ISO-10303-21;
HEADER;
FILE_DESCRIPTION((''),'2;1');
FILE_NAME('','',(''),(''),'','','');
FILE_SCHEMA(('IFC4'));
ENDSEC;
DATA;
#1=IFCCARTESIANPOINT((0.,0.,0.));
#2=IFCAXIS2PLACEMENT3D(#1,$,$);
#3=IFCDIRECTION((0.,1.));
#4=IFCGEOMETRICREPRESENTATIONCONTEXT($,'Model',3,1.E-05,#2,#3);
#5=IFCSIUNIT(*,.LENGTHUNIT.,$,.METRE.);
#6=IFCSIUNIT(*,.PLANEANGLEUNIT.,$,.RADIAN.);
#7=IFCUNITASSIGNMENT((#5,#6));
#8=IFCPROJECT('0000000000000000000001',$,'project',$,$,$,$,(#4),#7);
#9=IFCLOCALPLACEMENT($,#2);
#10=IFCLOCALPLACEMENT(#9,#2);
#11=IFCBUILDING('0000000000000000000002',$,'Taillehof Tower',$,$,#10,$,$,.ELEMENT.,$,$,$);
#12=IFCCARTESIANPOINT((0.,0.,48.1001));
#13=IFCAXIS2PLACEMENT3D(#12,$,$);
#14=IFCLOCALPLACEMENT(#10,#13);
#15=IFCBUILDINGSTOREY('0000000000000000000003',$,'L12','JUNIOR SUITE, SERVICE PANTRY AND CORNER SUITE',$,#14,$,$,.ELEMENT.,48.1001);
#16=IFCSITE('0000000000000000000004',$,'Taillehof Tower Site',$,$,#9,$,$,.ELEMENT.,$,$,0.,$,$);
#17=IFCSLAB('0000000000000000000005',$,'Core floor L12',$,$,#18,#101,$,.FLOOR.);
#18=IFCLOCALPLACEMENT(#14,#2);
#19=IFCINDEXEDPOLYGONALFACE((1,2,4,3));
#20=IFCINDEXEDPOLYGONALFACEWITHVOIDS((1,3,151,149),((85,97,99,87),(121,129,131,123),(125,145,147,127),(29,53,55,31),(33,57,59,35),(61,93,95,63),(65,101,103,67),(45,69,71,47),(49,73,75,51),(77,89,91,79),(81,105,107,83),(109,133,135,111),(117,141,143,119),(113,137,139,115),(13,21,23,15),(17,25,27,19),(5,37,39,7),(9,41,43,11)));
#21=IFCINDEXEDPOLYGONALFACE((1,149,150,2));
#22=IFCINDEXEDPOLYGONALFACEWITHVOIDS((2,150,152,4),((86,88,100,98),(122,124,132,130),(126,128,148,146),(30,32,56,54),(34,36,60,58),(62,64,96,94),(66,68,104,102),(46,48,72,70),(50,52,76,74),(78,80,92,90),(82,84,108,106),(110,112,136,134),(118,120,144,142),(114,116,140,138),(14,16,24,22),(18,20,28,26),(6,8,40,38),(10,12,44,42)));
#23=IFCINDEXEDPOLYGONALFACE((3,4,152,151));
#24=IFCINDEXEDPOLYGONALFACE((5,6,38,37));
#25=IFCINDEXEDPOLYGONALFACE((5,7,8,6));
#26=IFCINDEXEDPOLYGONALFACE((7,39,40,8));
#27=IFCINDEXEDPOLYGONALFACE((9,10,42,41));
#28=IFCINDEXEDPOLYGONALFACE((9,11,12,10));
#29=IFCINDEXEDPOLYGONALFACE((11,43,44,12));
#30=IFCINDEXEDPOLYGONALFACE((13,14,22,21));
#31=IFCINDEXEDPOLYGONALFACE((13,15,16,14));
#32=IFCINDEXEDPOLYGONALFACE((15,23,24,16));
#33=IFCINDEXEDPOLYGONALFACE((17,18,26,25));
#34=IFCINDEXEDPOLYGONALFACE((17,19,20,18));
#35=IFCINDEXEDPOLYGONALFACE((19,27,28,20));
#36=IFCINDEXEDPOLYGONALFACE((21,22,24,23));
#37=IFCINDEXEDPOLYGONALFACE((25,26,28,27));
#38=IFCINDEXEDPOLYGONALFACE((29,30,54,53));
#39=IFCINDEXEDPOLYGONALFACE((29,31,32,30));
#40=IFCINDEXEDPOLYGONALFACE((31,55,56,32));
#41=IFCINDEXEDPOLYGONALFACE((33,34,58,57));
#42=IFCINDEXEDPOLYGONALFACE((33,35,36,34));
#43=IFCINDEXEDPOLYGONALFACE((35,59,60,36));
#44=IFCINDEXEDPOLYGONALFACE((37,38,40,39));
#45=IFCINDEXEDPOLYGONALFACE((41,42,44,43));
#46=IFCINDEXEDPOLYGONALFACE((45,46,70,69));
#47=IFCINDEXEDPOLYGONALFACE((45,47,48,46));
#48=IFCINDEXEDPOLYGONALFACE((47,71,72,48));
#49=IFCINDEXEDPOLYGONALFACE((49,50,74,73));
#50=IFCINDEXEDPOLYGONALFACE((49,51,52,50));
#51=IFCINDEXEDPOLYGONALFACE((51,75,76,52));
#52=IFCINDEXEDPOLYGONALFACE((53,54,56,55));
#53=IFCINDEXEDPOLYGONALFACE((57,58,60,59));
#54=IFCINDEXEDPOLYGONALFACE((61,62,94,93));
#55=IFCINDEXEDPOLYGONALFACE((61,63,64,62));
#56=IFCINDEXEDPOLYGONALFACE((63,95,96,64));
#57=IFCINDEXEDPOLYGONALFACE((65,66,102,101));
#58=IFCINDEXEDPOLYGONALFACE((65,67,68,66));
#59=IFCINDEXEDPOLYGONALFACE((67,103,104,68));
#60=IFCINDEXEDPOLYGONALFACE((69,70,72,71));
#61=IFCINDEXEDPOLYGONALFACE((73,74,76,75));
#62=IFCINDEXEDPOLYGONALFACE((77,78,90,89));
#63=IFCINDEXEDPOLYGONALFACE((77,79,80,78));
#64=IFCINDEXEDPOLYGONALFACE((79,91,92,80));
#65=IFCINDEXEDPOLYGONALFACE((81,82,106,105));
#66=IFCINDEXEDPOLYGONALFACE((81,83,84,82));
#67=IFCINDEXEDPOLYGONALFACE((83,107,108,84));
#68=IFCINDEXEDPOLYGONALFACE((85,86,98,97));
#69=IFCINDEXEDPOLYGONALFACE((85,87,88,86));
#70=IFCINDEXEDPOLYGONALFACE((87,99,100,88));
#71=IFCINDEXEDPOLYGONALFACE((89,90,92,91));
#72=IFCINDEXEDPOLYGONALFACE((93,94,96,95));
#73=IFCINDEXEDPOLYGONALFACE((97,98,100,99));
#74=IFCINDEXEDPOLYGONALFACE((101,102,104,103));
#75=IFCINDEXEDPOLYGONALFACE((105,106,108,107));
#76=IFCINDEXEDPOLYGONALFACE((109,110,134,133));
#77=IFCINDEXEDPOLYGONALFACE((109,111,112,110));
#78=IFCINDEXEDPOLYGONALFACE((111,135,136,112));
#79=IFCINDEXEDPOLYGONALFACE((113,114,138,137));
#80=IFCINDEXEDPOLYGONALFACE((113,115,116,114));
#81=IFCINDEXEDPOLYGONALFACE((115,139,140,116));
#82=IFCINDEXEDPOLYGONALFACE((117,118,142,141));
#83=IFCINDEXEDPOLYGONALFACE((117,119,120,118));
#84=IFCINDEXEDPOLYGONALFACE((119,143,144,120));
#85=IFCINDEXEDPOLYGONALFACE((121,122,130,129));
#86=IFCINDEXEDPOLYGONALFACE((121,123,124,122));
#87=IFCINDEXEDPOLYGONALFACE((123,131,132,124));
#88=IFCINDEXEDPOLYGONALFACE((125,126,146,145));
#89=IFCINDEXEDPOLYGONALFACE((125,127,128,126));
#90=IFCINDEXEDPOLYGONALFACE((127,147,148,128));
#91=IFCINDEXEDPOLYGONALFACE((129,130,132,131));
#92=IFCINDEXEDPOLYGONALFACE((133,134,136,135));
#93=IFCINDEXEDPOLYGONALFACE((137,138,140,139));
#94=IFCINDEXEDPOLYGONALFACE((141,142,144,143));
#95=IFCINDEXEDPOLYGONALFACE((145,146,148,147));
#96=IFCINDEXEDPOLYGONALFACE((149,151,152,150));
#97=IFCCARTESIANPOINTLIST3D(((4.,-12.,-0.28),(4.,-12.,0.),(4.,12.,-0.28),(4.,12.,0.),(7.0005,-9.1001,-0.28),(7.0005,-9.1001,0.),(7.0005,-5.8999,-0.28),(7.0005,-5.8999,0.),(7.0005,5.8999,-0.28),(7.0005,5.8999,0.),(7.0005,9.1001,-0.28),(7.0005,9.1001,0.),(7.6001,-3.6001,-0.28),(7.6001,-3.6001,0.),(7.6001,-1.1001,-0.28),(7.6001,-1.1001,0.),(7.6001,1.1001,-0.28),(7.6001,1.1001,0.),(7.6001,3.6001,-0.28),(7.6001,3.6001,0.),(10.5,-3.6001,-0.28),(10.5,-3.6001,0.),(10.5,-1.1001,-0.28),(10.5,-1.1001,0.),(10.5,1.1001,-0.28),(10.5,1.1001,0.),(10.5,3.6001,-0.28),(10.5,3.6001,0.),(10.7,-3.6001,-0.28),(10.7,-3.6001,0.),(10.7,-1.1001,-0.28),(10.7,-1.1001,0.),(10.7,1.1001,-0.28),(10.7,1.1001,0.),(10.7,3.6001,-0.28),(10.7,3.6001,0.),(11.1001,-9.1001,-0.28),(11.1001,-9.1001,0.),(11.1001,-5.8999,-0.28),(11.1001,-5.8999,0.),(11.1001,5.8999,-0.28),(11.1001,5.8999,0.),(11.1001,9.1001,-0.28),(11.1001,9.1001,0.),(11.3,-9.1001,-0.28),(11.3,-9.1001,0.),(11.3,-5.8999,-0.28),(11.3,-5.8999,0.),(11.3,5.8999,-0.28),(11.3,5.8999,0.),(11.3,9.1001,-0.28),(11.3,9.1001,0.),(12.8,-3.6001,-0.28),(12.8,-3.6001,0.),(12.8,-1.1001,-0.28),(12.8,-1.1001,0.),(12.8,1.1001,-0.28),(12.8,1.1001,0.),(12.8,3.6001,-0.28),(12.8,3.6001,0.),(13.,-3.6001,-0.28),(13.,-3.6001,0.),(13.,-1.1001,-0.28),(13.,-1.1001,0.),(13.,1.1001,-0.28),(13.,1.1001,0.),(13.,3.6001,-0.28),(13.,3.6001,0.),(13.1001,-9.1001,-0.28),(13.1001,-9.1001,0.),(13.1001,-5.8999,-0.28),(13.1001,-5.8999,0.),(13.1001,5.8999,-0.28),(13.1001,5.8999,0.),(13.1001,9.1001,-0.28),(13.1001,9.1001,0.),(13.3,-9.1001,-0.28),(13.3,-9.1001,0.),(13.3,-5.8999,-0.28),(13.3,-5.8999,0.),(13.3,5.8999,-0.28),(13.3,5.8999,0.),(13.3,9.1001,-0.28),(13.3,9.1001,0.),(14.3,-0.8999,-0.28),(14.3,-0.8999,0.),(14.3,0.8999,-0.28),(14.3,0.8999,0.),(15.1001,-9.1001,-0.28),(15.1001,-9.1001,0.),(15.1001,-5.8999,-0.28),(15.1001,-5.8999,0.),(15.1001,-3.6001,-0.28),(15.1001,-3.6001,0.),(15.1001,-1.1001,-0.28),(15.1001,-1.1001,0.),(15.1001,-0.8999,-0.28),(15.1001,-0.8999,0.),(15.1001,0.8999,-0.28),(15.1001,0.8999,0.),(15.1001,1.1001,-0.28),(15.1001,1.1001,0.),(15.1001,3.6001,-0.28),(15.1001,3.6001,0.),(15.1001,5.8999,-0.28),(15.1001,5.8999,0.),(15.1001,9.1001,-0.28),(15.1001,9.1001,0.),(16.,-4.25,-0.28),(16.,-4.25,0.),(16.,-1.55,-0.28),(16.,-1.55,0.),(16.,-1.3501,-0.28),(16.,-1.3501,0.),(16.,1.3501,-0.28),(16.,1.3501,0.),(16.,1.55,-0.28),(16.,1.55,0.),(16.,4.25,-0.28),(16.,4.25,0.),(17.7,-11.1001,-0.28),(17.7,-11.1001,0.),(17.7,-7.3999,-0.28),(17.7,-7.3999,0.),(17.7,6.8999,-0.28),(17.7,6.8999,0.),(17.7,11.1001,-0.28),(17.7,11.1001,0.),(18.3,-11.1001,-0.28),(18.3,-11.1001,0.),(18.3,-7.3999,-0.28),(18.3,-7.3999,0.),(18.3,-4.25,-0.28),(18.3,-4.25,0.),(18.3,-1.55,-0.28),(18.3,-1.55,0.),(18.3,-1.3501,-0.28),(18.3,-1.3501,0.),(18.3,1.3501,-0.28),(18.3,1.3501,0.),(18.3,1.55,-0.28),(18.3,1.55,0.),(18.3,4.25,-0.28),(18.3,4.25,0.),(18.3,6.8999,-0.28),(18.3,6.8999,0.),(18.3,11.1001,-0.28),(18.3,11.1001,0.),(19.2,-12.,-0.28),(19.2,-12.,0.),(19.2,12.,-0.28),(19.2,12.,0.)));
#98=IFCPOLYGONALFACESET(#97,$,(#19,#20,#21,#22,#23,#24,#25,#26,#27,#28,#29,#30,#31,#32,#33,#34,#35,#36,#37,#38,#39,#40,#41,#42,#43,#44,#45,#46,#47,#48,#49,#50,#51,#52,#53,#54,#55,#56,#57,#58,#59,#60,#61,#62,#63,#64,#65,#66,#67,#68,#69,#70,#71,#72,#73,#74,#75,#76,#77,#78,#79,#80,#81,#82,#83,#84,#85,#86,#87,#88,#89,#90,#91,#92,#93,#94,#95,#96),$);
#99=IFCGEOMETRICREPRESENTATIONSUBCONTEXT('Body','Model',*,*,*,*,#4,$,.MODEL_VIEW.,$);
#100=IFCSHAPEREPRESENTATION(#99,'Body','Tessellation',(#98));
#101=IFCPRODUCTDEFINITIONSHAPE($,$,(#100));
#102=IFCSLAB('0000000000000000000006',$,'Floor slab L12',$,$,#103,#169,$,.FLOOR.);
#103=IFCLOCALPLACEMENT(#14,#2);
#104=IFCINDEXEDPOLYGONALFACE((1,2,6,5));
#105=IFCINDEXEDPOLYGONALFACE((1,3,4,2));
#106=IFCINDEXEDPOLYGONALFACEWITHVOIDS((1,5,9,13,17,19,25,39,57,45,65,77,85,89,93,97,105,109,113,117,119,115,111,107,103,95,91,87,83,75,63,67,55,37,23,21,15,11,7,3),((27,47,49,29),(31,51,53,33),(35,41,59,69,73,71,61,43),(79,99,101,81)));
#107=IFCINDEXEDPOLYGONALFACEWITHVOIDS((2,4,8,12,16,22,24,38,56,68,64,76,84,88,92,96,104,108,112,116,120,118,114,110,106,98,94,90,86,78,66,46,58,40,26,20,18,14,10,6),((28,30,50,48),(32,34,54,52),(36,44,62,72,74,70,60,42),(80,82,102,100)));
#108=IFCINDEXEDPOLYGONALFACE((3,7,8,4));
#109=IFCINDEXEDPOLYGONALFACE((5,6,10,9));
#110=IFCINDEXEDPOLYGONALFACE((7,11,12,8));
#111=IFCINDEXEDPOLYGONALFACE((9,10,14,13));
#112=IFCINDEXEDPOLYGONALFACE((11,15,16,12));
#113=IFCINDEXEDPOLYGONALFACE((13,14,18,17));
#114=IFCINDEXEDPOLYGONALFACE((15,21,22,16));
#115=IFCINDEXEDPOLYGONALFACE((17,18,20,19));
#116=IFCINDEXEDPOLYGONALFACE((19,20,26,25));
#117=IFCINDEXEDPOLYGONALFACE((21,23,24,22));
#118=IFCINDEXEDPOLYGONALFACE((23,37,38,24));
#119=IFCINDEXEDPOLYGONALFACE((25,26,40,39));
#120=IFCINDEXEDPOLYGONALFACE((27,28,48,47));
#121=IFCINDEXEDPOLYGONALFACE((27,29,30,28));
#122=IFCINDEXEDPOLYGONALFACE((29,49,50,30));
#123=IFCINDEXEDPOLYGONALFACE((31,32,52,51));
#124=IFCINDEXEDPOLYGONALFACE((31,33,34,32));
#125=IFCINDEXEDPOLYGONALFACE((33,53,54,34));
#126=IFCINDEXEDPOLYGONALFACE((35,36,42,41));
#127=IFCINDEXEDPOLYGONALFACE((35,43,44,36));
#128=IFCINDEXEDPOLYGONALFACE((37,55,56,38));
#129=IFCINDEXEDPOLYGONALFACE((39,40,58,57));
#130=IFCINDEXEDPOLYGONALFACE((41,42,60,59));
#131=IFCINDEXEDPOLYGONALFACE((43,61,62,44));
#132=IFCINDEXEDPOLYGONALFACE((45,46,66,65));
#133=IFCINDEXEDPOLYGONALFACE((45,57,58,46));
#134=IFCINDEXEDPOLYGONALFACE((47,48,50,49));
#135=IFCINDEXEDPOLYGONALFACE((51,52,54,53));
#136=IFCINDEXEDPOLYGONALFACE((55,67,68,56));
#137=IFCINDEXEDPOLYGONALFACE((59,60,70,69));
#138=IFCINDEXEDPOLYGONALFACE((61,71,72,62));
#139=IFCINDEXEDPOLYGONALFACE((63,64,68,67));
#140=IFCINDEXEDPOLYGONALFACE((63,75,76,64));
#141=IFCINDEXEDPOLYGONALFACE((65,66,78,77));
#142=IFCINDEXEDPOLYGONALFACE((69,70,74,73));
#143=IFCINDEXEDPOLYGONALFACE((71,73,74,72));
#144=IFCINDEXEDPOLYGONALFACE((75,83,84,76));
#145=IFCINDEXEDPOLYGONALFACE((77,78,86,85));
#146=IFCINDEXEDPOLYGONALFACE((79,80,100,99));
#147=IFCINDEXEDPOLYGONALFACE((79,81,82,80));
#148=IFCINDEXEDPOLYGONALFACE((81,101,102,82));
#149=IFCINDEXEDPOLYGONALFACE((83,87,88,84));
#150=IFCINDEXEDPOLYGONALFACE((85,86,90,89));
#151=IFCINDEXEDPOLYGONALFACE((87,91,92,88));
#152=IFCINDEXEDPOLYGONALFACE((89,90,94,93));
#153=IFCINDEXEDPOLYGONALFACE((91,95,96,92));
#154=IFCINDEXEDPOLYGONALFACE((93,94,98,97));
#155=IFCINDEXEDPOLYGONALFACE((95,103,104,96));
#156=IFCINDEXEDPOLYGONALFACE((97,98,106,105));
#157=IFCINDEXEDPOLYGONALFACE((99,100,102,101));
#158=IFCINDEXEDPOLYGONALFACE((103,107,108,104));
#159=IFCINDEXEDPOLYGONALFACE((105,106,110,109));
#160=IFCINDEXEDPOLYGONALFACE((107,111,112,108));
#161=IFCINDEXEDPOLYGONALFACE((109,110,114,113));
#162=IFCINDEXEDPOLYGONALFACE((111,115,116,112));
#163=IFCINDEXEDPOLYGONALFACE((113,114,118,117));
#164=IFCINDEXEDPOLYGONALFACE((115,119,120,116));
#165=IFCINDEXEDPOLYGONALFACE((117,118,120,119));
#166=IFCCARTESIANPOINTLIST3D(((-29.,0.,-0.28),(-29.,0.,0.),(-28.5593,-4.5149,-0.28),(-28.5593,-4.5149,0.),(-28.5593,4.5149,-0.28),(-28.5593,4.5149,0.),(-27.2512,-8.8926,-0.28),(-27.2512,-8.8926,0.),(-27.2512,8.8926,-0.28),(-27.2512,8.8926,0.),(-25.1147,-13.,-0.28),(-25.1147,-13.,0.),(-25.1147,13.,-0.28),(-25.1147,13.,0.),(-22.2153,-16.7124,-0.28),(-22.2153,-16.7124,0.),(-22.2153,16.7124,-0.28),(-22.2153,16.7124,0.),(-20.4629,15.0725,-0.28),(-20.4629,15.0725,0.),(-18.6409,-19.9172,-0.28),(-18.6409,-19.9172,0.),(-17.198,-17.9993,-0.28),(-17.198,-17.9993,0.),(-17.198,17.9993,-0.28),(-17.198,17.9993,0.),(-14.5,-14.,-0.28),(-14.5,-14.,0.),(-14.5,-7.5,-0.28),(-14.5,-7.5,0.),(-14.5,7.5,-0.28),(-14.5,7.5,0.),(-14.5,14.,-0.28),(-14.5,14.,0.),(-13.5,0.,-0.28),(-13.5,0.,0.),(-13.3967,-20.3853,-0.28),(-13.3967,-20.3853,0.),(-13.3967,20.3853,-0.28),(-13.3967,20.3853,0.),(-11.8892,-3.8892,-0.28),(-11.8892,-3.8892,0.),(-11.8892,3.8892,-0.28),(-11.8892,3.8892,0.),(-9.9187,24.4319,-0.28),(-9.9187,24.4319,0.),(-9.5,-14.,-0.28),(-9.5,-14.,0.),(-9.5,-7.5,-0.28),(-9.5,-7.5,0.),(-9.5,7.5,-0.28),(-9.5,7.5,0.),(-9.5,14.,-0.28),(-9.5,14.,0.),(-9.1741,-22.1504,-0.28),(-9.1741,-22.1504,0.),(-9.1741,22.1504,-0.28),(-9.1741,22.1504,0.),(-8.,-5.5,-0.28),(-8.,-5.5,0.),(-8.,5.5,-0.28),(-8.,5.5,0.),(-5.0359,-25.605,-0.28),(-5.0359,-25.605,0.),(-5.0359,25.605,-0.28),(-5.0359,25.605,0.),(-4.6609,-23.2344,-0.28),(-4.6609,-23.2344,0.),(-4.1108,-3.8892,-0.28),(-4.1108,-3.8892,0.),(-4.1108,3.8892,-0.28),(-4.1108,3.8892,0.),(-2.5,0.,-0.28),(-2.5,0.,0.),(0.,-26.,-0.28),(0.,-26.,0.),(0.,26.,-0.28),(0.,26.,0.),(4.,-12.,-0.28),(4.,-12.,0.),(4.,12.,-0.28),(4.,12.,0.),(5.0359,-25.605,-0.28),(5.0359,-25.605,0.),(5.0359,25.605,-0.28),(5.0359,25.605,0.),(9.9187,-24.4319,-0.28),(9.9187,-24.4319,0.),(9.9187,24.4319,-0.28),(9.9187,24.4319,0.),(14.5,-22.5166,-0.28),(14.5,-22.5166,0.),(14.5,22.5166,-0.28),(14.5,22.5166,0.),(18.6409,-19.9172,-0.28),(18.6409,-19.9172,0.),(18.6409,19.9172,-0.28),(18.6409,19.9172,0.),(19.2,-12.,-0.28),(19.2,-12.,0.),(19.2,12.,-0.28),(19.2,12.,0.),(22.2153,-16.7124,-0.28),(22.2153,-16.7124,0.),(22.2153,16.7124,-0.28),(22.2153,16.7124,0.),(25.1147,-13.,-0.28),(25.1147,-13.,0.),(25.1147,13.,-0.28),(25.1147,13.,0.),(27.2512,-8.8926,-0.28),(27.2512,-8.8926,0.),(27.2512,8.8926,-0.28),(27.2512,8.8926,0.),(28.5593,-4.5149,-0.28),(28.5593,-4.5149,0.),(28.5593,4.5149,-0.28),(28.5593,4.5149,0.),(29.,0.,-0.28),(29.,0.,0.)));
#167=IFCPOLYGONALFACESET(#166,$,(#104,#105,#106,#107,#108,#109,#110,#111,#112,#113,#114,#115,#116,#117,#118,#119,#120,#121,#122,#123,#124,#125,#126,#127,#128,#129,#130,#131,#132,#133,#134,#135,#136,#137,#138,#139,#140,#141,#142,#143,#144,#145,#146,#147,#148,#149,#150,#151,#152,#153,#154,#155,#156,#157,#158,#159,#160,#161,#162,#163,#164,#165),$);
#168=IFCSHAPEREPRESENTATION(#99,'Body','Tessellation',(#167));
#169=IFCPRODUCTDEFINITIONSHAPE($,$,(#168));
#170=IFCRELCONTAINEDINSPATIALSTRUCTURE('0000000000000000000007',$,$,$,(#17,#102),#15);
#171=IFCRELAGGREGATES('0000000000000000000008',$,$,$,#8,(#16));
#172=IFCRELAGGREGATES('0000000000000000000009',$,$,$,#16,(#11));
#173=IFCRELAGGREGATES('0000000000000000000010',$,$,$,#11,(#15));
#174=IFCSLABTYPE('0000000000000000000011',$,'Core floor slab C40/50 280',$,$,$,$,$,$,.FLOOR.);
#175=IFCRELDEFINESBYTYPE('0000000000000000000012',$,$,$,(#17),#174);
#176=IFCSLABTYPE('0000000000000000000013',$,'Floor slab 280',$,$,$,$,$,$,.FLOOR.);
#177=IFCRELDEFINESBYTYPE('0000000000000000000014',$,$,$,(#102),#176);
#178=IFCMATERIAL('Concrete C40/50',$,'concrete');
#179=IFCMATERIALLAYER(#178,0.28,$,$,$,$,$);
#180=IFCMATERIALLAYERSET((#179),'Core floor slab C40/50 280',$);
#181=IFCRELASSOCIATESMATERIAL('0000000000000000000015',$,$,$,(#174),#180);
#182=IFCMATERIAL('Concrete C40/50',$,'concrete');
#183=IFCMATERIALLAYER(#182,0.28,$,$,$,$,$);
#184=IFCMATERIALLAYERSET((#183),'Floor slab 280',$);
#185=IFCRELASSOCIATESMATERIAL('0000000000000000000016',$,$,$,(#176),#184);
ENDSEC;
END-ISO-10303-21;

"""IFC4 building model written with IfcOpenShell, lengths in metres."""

from ifc_helpers import new_model, si_unit, direction, frame, origin, place, context, subcontext, project, spatial, polyline, outline, extrude, material, layer, layer_set, type_object, element, save


model = new_model("IFC4")

# Units and contexts
model_context = context("Model", 3, precision=1e-05, world=origin(), true_north=direction((0.0, 1.0)))
body_context = subcontext(model_context, "Body", "Model", "MODEL_VIEW")
ifc_project = project(units=[si_unit("LENGTHUNIT", "METRE"), si_unit("PLANEANGLEUNIT", "RADIAN")], contexts=[model_context])

# Site, building, storey
site_placement = place(None, origin())
site = spatial("IfcSite", under=ifc_project, at=site_placement, Name="Taillehof Tower Site", CompositionType="ELEMENT", RefElevation=0.0)
building_placement = place(site_placement, origin())
building = spatial("IfcBuilding", under=site, at=building_placement, Name="Taillehof Tower", CompositionType="ELEMENT")
storey_placement = place(building_placement, frame((0.0, 0.0, 48.1001)))
storey = spatial("IfcBuildingStorey", under=building, at=storey_placement, Name="L12", Description="JUNIOR SUITE, SERVICE PANTRY AND CORNER SUITE", CompositionType="ELEMENT", Elevation=48.1001)

# Slabs
ifc_material_1 = material(Name="Concrete C40/50", Category="concrete")
ifc_layer_1 = layer(ifc_material_1, 0.28)
ifc_layer_set_1 = layer_set([ifc_layer_1], Name="Core floor slab C40/50 280")
slab_type_1 = type_object("IfcSlabType", Name="Core floor slab C40/50 280", PredefinedType="FLOOR", material=ifc_layer_set_1)
slab_1_placement = place(storey_placement, frame((0.0, 0.0, -0.28)))
element("IfcSlab", 1, at=slab_1_placement, inside=storey, type_object=slab_type_1, Name="Core floor L12", PredefinedType="FLOOR", context=body_context, shape_type="SweptSolid", body=[
    extrude(outline(polyline([(4.0, -12.0), (4.0, 12.0), (19.2, 12.0), (19.2, -12.0), (4.0, -12.0)]), holes=[polyline([(7.0005, -9.1001), (11.1001, -9.1001), (11.1001, -5.8999), (7.0005, -5.8999), (7.0005, -9.1001)]), polyline([(13.1001, -9.1001), (13.1001, -5.8999), (11.3, -5.8999), (11.3, -9.1001), (13.1001, -9.1001)]), polyline([(10.5, -3.6001), (10.5, -1.1001), (7.6001, -1.1001), (7.6001, -3.6001), (10.5, -3.6001)]), polyline([(12.8, -3.6001), (12.8, -1.1001), (10.7, -1.1001), (10.7, -3.6001), (12.8, -3.6001)]), polyline([(10.5, 1.1001), (10.5, 3.6001), (7.6001, 3.6001), (7.6001, 1.1001), (10.5, 1.1001)]), polyline([(12.8, 1.1001), (12.8, 3.6001), (10.7, 3.6001), (10.7, 1.1001), (12.8, 1.1001)]), polyline([(15.1001, 1.1001), (15.1001, 3.6001), (13.0, 3.6001), (13.0, 1.1001), (15.1001, 1.1001)]), polyline([(11.3, 5.8999), (13.1001, 5.8999), (13.1001, 9.1001), (11.3, 9.1001), (11.3, 5.8999)]), polyline([(7.0005, 5.8999), (11.1001, 5.8999), (11.1001, 9.1001), (7.0005, 9.1001), (7.0005, 5.8999)]), polyline([(18.3, -11.1001), (18.3, -7.3999), (17.7, -7.3999), (17.7, -11.1001), (18.3, -11.1001)]), polyline([(15.1001, -9.1001), (15.1001, -5.8999), (13.3, -5.8999), (13.3, -9.1001), (15.1001, -9.1001)]), polyline([(18.3, -4.25), (18.3, -1.55), (16.0, -1.55), (16.0, -4.25), (18.3, -4.25)]), polyline([(15.1001, -3.6001), (15.1001, -1.1001), (13.0, -1.1001), (13.0, -3.6001), (15.1001, -3.6001)]), polyline([(15.1001, -0.8999), (15.1001, 0.8999), (14.3, 0.8999), (14.3, -0.8999), (15.1001, -0.8999)]), polyline([(18.3, -1.3501), (18.3, 1.3501), (16.0, 1.3501), (16.0, -1.3501), (18.3, -1.3501)]), polyline([(18.3, 1.55), (18.3, 4.25), (16.0, 4.25), (16.0, 1.55), (18.3, 1.55)]), polyline([(13.3, 5.8999), (15.1001, 5.8999), (15.1001, 9.1001), (13.3, 9.1001), (13.3, 5.8999)]), polyline([(17.7, 6.8999), (18.3, 6.8999), (18.3, 11.1001), (17.7, 11.1001), (17.7, 6.8999)])]), origin(), (0.0, 0.0, 1.0), 0.28),
])
ifc_material_2 = material(Name="Concrete C40/50", Category="concrete")
ifc_layer_2 = layer(ifc_material_2, 0.28)
ifc_layer_set_2 = layer_set([ifc_layer_2], Name="Floor slab 280")
slab_type_2 = type_object("IfcSlabType", Name="Floor slab 280", PredefinedType="FLOOR", material=ifc_layer_set_2)
slab_2_placement = place(storey_placement, frame((0.0, 0.0, -0.28)))
element("IfcSlab", 2, at=slab_2_placement, inside=storey, type_object=slab_type_2, Name="Floor slab L12", PredefinedType="FLOOR", context=body_context, shape_type="SweptSolid", body=[
    extrude(outline(polyline([(29.0, 0.0), (28.5593, 4.5149), (27.2512, 8.8926), (25.1147, 13.0), (22.2153, 16.7124), (18.6409, 19.9172), (14.5, 22.5166), (9.9187, 24.4319), (5.0359, 25.605), (0.0, 26.0), (-5.0359, 25.605), (-9.9187, 24.4319), (-9.1741, 22.1504), (-13.3967, 20.3853), (-17.198, 17.9993), (-20.4629, 15.0725), (-22.2153, 16.7124), (-25.1147, 13.0), (-27.2512, 8.8926), (-28.5593, 4.5149), (-29.0, 0.0), (-28.5593, -4.5149), (-27.2512, -8.8926), (-25.1147, -13.0), (-22.2153, -16.7124), (-18.6409, -19.9172), (-17.198, -17.9993), (-13.3967, -20.3853), (-9.1741, -22.1504), (-4.6609, -23.2344), (-5.0359, -25.605), (0.0, -26.0), (5.0359, -25.605), (9.9187, -24.4319), (14.5, -22.5166), (18.6409, -19.9172), (22.2153, -16.7124), (25.1147, -13.0), (27.2512, -8.8926), (28.5593, -4.5149), (29.0, 0.0)]), holes=[polyline([(-14.5, -7.5), (-9.5, -7.5), (-9.5, -14.0), (-14.5, -14.0), (-14.5, -7.5)]), polyline([(-8.0, -5.5), (-11.8892, -3.8892), (-13.5, 0.0), (-11.8892, 3.8892), (-8.0, 5.5), (-4.1108, 3.8892), (-2.5, 0.0), (-4.1108, -3.8892), (-8.0, -5.5)]), polyline([(19.2, 12.0), (19.2, -12.0), (4.0, -12.0), (4.0, 12.0), (19.2, 12.0)]), polyline([(-14.5, 14.0), (-9.5, 14.0), (-9.5, 7.5), (-14.5, 7.5), (-14.5, 14.0)])]), origin(), (0.0, 0.0, 1.0), 0.28),
])

save(model, "model.ifc")
